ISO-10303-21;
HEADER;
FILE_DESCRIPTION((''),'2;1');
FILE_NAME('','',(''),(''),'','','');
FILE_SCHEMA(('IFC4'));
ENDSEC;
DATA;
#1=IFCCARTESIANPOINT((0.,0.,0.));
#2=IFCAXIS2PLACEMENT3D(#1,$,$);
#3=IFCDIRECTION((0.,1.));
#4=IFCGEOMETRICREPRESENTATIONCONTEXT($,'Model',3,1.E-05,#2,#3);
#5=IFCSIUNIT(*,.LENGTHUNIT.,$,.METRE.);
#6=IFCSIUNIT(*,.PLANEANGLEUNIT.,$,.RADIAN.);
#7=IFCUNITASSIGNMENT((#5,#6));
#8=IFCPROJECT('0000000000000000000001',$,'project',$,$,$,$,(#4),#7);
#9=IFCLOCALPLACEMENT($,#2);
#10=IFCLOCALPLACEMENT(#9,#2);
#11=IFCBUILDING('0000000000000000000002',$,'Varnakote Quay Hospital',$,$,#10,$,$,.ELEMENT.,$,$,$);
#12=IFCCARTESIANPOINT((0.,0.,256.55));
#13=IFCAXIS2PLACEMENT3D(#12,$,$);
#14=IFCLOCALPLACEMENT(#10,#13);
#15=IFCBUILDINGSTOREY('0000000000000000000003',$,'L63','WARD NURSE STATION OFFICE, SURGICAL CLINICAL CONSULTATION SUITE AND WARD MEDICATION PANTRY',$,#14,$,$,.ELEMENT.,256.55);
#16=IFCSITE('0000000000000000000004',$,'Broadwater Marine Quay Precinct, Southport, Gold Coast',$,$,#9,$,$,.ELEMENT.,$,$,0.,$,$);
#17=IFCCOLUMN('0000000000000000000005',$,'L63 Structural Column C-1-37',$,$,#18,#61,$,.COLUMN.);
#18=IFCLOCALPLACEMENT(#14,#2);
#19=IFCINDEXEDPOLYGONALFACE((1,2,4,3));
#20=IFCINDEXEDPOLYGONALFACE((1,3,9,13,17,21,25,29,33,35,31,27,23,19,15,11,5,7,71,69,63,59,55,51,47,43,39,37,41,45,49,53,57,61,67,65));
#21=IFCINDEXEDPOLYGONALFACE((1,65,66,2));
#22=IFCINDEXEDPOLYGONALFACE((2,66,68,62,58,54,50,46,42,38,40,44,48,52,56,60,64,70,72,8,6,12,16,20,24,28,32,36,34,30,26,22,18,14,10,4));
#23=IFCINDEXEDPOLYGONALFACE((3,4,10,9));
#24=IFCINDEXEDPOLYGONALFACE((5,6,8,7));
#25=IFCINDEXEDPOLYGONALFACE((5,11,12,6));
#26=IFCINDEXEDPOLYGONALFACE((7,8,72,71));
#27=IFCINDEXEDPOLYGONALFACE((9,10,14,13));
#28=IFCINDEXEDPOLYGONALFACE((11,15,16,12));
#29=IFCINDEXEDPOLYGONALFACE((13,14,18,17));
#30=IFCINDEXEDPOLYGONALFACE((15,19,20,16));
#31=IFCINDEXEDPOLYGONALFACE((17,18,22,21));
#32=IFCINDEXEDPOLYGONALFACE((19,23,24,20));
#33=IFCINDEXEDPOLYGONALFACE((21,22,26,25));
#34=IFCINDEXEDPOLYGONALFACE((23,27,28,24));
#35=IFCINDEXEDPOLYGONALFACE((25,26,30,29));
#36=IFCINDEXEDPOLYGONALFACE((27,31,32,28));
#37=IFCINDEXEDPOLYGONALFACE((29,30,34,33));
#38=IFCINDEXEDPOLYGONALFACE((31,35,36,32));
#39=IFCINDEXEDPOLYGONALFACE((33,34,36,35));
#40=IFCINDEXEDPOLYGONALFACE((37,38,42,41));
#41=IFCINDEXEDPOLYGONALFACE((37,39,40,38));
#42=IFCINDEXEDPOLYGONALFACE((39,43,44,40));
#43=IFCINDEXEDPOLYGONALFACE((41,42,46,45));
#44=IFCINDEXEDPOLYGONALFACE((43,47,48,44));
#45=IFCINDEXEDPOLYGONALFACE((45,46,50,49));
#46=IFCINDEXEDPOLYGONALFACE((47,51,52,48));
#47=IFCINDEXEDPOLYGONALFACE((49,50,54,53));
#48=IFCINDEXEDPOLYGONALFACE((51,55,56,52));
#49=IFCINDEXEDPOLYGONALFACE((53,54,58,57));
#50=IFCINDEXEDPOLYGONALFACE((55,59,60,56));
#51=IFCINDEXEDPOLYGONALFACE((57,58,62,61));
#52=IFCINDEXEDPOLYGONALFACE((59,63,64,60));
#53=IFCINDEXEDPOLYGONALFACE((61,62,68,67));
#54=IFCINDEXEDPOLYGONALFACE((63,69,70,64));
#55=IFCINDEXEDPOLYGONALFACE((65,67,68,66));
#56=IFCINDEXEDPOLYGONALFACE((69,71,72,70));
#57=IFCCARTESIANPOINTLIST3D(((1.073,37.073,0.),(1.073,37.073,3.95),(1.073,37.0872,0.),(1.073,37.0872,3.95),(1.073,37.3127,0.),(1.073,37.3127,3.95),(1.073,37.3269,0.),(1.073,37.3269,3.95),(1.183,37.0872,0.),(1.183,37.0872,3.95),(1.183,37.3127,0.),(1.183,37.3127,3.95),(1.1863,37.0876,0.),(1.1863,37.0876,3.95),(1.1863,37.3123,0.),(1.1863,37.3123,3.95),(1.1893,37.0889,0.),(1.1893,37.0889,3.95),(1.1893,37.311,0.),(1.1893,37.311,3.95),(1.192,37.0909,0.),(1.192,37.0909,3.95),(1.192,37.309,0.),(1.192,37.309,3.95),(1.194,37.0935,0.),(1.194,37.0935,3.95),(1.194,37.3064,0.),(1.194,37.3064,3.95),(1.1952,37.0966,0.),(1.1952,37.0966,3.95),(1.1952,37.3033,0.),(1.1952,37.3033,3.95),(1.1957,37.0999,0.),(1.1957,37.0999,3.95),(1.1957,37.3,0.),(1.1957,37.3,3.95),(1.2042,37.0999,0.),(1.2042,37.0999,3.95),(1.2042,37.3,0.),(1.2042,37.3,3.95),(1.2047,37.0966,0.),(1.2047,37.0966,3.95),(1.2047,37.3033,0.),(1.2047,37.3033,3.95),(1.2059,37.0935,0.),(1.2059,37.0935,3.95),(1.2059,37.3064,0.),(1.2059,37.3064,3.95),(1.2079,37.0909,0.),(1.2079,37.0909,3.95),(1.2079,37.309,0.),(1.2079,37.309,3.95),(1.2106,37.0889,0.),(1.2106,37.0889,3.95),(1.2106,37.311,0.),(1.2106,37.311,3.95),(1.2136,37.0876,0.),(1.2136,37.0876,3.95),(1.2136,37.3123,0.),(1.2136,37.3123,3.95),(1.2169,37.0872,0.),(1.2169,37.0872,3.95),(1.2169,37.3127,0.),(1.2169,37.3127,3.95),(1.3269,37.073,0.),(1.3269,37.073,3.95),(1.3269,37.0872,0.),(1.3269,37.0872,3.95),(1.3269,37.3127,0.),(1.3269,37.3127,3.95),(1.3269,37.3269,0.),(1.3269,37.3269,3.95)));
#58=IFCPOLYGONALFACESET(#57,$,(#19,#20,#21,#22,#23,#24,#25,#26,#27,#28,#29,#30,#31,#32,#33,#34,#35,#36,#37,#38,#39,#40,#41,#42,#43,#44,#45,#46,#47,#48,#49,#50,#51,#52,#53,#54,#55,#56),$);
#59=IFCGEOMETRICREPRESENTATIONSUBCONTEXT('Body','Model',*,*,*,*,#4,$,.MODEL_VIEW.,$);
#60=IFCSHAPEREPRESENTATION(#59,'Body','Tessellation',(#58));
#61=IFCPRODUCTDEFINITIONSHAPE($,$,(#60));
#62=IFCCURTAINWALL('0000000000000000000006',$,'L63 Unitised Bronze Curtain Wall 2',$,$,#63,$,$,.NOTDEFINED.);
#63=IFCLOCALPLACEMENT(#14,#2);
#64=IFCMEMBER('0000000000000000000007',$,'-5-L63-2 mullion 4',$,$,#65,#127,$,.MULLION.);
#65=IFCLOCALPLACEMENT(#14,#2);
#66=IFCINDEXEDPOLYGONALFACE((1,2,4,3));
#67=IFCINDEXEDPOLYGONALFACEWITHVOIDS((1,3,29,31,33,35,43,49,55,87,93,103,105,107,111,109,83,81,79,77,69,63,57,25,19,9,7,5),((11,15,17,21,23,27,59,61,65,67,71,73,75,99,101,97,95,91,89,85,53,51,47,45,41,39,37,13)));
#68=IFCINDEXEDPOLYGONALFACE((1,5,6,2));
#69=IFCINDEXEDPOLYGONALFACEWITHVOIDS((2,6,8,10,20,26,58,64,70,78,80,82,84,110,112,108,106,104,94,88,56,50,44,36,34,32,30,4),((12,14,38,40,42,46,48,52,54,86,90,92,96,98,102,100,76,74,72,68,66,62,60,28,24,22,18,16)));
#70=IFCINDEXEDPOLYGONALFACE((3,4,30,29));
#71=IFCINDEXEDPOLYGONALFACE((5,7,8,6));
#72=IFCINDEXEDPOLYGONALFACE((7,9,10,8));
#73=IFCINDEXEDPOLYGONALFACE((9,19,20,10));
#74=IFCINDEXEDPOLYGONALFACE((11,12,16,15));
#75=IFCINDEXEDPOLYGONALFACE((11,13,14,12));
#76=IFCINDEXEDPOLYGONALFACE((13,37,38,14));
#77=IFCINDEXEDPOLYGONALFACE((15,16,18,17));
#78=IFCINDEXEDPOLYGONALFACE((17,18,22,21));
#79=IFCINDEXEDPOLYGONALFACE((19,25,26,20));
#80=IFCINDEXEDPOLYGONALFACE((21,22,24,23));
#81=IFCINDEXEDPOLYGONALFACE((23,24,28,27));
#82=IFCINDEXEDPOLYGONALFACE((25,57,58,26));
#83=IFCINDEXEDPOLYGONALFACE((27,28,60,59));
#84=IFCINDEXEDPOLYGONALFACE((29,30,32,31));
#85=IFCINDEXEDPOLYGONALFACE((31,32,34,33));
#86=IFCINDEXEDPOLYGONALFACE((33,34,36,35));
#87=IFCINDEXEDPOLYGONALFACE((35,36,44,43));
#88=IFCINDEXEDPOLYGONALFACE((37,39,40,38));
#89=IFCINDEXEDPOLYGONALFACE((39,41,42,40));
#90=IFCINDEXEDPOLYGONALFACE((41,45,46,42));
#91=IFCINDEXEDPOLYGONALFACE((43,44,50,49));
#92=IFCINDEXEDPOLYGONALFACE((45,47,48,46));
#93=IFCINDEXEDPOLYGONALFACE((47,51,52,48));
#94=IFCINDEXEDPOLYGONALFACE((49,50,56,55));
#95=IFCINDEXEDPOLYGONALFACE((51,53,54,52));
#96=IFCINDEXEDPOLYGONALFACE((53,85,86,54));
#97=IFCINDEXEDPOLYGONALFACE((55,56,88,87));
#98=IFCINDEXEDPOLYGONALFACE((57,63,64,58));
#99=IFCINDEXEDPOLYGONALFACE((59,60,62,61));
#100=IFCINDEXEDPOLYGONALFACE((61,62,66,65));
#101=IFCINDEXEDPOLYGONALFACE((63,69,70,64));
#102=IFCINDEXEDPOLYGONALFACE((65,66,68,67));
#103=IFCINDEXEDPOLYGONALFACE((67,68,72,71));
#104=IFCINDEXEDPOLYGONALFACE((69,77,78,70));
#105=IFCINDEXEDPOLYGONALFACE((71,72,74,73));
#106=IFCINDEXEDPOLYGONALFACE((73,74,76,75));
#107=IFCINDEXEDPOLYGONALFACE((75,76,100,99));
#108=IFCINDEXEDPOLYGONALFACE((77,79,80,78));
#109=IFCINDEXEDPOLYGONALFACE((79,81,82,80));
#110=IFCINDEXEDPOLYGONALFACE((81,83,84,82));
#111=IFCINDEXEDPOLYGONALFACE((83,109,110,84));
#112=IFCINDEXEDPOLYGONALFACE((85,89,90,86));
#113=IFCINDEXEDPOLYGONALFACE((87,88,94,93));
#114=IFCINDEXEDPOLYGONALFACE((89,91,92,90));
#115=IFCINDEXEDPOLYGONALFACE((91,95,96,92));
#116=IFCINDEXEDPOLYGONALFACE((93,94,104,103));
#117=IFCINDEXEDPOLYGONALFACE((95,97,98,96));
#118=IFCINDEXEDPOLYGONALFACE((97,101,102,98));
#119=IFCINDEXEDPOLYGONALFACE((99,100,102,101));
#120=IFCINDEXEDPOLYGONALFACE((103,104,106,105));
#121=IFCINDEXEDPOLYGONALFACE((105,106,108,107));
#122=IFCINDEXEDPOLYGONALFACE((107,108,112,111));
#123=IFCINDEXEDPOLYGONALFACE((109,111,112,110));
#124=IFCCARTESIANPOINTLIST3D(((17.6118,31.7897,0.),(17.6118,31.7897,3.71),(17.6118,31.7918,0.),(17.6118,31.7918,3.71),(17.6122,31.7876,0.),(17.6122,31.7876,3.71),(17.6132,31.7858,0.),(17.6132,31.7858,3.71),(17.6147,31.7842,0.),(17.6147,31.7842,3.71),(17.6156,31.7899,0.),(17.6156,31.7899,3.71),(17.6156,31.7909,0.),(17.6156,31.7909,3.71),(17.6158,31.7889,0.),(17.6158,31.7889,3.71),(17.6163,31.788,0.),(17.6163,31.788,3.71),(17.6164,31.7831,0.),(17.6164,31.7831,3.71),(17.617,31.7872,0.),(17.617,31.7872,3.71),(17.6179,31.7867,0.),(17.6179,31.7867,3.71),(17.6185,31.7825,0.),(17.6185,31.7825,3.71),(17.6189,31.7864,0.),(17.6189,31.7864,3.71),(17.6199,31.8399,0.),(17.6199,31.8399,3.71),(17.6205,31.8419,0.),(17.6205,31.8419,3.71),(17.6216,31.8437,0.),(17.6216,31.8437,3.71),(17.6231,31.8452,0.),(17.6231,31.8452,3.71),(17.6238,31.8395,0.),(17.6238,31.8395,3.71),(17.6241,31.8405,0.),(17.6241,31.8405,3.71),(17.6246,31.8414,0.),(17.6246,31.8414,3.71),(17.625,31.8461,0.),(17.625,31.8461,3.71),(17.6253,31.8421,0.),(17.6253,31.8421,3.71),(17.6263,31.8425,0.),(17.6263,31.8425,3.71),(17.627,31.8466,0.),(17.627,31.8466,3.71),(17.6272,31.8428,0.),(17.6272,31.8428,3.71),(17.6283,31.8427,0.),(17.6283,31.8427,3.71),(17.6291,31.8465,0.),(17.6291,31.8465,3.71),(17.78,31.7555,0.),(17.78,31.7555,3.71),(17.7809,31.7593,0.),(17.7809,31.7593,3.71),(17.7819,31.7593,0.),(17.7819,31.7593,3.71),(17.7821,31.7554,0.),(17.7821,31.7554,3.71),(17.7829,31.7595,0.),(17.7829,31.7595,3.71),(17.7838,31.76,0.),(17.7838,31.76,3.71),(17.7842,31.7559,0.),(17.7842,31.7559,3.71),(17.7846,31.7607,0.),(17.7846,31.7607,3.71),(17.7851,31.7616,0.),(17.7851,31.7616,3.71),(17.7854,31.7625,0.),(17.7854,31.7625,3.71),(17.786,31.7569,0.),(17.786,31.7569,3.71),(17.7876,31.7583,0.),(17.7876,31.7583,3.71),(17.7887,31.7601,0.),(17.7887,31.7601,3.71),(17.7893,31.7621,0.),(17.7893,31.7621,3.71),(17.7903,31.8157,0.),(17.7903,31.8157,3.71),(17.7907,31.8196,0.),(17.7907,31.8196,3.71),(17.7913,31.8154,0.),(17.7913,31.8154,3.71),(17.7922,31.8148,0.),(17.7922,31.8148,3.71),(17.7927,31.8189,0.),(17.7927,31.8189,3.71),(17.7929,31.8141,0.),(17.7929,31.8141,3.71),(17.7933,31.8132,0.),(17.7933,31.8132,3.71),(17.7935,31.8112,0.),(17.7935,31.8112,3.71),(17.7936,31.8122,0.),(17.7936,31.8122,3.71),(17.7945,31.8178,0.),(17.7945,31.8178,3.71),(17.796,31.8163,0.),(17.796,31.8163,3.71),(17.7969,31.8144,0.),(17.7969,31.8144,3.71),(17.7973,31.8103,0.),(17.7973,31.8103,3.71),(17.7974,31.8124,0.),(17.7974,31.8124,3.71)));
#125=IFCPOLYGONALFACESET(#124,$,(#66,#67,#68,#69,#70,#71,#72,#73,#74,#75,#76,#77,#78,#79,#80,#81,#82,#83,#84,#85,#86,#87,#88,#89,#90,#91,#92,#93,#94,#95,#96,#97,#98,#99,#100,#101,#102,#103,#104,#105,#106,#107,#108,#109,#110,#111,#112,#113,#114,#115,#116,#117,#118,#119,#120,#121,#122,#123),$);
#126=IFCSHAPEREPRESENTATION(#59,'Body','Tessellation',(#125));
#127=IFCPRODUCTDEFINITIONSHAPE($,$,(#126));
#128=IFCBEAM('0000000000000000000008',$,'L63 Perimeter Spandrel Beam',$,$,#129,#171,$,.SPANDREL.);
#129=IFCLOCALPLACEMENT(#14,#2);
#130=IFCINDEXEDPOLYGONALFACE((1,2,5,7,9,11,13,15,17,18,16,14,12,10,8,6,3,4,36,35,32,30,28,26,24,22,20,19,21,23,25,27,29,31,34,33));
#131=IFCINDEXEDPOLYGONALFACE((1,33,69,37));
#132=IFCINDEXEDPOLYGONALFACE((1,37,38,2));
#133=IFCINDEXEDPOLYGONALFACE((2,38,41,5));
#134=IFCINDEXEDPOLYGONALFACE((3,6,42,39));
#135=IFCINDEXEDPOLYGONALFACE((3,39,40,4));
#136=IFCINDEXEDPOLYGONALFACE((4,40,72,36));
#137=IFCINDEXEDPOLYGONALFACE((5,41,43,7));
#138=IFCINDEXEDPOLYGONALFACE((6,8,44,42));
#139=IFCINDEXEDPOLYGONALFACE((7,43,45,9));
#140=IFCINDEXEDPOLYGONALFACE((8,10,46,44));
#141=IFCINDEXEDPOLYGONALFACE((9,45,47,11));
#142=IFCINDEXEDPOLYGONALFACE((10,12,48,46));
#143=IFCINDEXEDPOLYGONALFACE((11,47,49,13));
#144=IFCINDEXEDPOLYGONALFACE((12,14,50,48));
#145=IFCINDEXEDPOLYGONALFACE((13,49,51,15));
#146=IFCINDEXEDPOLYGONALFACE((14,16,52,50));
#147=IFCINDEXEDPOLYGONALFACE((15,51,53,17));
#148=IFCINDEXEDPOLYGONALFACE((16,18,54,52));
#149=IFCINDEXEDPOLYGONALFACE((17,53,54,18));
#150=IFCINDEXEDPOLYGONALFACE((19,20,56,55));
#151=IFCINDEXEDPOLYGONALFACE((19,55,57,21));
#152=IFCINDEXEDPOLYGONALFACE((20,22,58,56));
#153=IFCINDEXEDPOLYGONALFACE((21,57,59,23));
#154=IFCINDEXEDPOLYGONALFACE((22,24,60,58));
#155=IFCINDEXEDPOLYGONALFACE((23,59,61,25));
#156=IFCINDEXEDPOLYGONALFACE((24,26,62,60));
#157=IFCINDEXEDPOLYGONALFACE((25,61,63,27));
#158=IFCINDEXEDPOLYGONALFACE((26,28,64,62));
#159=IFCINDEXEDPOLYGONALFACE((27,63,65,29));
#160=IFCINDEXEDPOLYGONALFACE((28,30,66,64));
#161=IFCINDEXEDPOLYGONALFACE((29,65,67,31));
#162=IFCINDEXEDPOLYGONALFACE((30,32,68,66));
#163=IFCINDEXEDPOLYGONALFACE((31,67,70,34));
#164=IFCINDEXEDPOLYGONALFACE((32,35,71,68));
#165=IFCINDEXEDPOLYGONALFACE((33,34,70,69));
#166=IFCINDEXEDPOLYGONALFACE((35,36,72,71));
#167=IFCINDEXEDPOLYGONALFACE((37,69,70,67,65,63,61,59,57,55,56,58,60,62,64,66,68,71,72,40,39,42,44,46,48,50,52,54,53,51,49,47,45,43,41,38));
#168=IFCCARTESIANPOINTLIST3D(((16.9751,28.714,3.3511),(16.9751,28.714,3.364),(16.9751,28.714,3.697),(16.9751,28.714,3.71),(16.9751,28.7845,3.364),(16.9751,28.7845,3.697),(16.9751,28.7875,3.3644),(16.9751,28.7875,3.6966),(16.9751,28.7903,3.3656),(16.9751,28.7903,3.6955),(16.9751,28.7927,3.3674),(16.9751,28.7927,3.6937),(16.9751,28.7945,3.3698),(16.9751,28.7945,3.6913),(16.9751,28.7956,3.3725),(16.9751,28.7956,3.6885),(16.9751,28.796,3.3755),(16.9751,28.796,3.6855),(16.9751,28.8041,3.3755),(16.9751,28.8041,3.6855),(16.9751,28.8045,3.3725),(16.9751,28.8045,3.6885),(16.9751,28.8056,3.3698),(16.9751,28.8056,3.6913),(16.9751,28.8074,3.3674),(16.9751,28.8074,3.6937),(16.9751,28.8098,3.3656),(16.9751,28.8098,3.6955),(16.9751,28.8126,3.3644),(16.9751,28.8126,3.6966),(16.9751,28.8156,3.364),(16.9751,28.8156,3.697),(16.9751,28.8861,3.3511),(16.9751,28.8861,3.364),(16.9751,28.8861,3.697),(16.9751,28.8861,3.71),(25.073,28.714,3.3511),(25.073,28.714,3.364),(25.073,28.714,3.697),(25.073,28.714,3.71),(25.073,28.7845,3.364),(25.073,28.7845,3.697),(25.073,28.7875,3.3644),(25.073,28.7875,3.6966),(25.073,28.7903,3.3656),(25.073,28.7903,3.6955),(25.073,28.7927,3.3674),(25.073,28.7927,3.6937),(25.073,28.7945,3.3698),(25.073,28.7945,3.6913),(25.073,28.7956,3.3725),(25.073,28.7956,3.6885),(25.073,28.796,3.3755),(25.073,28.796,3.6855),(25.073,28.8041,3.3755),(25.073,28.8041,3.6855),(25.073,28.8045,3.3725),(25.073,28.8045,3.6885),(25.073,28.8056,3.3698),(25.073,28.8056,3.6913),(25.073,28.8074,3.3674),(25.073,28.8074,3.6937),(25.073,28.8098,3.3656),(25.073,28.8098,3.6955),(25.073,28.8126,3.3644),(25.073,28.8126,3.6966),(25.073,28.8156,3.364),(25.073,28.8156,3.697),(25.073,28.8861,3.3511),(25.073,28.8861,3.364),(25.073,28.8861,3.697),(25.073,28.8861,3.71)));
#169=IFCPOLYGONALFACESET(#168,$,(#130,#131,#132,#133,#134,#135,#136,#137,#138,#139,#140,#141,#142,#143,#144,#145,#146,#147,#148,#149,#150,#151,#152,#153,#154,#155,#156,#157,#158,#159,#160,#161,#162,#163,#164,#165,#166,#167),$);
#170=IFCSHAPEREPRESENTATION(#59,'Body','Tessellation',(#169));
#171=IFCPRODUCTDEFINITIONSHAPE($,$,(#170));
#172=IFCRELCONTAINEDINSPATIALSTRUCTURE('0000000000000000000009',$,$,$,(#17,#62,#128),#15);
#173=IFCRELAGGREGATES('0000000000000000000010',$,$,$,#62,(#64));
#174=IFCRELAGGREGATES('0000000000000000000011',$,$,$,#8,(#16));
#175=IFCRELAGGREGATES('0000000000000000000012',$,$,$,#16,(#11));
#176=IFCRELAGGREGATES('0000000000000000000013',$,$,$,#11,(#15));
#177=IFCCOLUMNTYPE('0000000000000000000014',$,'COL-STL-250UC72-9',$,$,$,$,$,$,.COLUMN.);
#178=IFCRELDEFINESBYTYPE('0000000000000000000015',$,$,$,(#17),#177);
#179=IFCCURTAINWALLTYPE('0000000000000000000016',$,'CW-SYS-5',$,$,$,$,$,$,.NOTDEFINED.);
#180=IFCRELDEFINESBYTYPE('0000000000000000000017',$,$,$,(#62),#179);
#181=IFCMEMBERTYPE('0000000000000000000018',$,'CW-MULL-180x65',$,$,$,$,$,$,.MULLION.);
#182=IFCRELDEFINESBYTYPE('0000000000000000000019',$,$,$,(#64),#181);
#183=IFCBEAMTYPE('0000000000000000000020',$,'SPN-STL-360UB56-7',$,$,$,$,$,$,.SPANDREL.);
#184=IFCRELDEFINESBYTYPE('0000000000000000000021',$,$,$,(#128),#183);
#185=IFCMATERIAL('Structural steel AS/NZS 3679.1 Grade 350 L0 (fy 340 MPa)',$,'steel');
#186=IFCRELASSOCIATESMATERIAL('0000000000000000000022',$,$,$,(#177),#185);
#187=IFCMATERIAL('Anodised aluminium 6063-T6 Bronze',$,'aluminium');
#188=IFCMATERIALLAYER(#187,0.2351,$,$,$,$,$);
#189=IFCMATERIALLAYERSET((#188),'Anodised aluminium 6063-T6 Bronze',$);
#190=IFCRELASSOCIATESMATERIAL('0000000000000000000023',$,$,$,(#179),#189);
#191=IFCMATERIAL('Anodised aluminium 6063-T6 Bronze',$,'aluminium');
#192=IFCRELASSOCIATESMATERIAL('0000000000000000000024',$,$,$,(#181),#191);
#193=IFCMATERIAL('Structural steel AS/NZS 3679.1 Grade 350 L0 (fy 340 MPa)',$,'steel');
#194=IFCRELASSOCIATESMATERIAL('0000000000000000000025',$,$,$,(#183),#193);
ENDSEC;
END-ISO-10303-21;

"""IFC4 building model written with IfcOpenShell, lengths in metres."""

from ifc_helpers import new_model, si_unit, direction, frame, origin, origin_2d, place, context, subcontext, project, spatial, hollow_rectangle, i_section, extrude, material, layer, layer_set, material_profile, profile_set, type_object, element, aggregate, save


model = new_model("IFC4")

# Units and contexts
model_context = context("Model", 3, precision=1e-05, world=origin(), true_north=direction((0.0, 1.0)))
body_context = subcontext(model_context, "Body", "Model", "MODEL_VIEW")
ifc_project = project(units=[si_unit("LENGTHUNIT", "METRE"), si_unit("PLANEANGLEUNIT", "RADIAN")], contexts=[model_context])

# Site, building, storey
site_placement = place(None, origin())
site = spatial("IfcSite", under=ifc_project, at=site_placement, Name="Broadwater Marine Quay Precinct, Southport, Gold Coast", CompositionType="ELEMENT", RefElevation=0.0)
building_placement = place(site_placement, origin())
building = spatial("IfcBuilding", under=site, at=building_placement, Name="Varnakote Quay Hospital", CompositionType="ELEMENT")
storey_placement = place(building_placement, frame((0.0, 0.0, 256.55)))
storey = spatial("IfcBuildingStorey", under=building, at=storey_placement, Name="L63", Description="WARD NURSE STATION OFFICE, SURGICAL CLINICAL CONSULTATION SUITE AND WARD MEDICATION PANTRY", CompositionType="ELEMENT", Elevation=256.55)

# Column
ifc_material_1 = material(Name="Structural steel AS/NZS 3679.1 Grade 350 L0 (fy 340 MPa)", Category="steel")
ifc_material_profile_1 = material_profile(ifc_material_1, i_section(OverallWidth=0.2539, OverallDepth=0.2539, WebThickness=0.0085, FlangeThickness=0.0142, FilletRadius=0.0127, at=origin_2d()), Name="250UC72.9")
ifc_profile_set_1 = profile_set([ifc_material_profile_1], Name="Structural steel AS/NZS 3679.1 Grade 350 L0 (fy 340 MPa)")
column_type = type_object("IfcColumnType", Name="COL-STL-250UC72-9", PredefinedType="COLUMN", material=ifc_profile_set_1)
column_placement = place(storey_placement, frame((1.2, 37.2, 0.0), z_axis=(0.0, 0.0, 1.0), x_axis=(1.0, 0.0, 0.0)))
element("IfcColumn", 1, at=column_placement, inside=storey, type_object=column_type, Name="L63 Structural Column C-1-37", PredefinedType="COLUMN", context=body_context, shape_type="SweptSolid", body=[
    extrude(i_section(OverallWidth=0.2539, OverallDepth=0.2539, WebThickness=0.0085, FlangeThickness=0.0142, FilletRadius=0.0127, at=origin_2d()), origin(), (0.0, 0.0, 1.0), 3.95),
])

# Curtain wall, member
ifc_material_2 = material(Name="Anodised aluminium 6063-T6 Bronze", Category="aluminium")
ifc_layer_1 = layer(ifc_material_2, 0.2351)
ifc_layer_set_1 = layer_set([ifc_layer_1], Name="Anodised aluminium 6063-T6 Bronze")
curtain_wall_type = type_object("IfcCurtainWallType", Name="CW-SYS-5", PredefinedType="NOTDEFINED", material=ifc_layer_set_1)
curtain_wall_placement = place(storey_placement, origin())
curtain_wall = element("IfcCurtainWall", 2, at=curtain_wall_placement, inside=storey, type_object=curtain_wall_type, Name="L63 Unitised Bronze Curtain Wall 2", PredefinedType="NOTDEFINED")
ifc_material_3 = material(Name="Anodised aluminium 6063-T6 Bronze", Category="aluminium")
ifc_material_profile_2 = material_profile(ifc_material_3, hollow_rectangle(XDim=0.0649, YDim=0.1799, WallThickness=0.0039, InnerFilletRadius=0.0039, OuterFilletRadius=0.0081, at=origin_2d()), Name="CW-MULL-180x65")
ifc_profile_set_2 = profile_set([ifc_material_profile_2], Name="Anodised aluminium 6063-T6 Bronze")
member_type = type_object("IfcMemberType", Name="CW-MULL-180x65", PredefinedType="MULLION", material=ifc_profile_set_2)
member_placement = place(storey_placement, frame((17.7046, 31.801, 0.0), z_axis=(0.0, 0.0, 1.0), x_axis=(-0.164694, -0.986345, 0.0)))
member = element("IfcMember", 3, at=member_placement, type_object=member_type, Name="-5-L63-2 mullion 4", PredefinedType="MULLION", context=body_context, shape_type="SweptSolid", body=[
    extrude(hollow_rectangle(XDim=0.0649, YDim=0.1799, WallThickness=0.0039, InnerFilletRadius=0.0039, OuterFilletRadius=0.0081, at=origin_2d()), origin(), (0.0, 0.0, 1.0), 3.71),
])

# Beam
ifc_material_4 = material(Name="Structural steel AS/NZS 3679.1 Grade 350 L0 (fy 340 MPa)", Category="steel")
ifc_material_profile_3 = material_profile(ifc_material_4, i_section(OverallWidth=0.1721, OverallDepth=0.3589, WebThickness=0.0081, FlangeThickness=0.0129, FilletRadius=0.0115, at=origin_2d()), Name="360UB56.7")
ifc_profile_set_3 = profile_set([ifc_material_profile_3], Name="Structural steel AS/NZS 3679.1 Grade 350 L0 (fy 340 MPa)")
beam_type_1 = type_object("IfcBeamType", Name="SPN-STL-360UB56-7", PredefinedType="SPANDREL", material=ifc_profile_set_3)
beam_1_placement = place(storey_placement, frame((16.9751, 28.8, 3.5305), z_axis=(1.0, 0.0, 0.0), x_axis=(0.0, 1.0, 0.0)))
element("IfcBeam", 4, at=beam_1_placement, inside=storey, type_object=beam_type_1, Name="L63 Perimeter Spandrel Beam", PredefinedType="SPANDREL", context=body_context, shape_type="SweptSolid", body=[
    extrude(i_section(OverallWidth=0.1721, OverallDepth=0.3589, WebThickness=0.0081, FlangeThickness=0.0129, FilletRadius=0.0115, at=origin_2d()), origin(), (0.0, 0.0, 1.0), 8.0979),
])

aggregate(curtain_wall, [member])

save(model, "model.ifc")
